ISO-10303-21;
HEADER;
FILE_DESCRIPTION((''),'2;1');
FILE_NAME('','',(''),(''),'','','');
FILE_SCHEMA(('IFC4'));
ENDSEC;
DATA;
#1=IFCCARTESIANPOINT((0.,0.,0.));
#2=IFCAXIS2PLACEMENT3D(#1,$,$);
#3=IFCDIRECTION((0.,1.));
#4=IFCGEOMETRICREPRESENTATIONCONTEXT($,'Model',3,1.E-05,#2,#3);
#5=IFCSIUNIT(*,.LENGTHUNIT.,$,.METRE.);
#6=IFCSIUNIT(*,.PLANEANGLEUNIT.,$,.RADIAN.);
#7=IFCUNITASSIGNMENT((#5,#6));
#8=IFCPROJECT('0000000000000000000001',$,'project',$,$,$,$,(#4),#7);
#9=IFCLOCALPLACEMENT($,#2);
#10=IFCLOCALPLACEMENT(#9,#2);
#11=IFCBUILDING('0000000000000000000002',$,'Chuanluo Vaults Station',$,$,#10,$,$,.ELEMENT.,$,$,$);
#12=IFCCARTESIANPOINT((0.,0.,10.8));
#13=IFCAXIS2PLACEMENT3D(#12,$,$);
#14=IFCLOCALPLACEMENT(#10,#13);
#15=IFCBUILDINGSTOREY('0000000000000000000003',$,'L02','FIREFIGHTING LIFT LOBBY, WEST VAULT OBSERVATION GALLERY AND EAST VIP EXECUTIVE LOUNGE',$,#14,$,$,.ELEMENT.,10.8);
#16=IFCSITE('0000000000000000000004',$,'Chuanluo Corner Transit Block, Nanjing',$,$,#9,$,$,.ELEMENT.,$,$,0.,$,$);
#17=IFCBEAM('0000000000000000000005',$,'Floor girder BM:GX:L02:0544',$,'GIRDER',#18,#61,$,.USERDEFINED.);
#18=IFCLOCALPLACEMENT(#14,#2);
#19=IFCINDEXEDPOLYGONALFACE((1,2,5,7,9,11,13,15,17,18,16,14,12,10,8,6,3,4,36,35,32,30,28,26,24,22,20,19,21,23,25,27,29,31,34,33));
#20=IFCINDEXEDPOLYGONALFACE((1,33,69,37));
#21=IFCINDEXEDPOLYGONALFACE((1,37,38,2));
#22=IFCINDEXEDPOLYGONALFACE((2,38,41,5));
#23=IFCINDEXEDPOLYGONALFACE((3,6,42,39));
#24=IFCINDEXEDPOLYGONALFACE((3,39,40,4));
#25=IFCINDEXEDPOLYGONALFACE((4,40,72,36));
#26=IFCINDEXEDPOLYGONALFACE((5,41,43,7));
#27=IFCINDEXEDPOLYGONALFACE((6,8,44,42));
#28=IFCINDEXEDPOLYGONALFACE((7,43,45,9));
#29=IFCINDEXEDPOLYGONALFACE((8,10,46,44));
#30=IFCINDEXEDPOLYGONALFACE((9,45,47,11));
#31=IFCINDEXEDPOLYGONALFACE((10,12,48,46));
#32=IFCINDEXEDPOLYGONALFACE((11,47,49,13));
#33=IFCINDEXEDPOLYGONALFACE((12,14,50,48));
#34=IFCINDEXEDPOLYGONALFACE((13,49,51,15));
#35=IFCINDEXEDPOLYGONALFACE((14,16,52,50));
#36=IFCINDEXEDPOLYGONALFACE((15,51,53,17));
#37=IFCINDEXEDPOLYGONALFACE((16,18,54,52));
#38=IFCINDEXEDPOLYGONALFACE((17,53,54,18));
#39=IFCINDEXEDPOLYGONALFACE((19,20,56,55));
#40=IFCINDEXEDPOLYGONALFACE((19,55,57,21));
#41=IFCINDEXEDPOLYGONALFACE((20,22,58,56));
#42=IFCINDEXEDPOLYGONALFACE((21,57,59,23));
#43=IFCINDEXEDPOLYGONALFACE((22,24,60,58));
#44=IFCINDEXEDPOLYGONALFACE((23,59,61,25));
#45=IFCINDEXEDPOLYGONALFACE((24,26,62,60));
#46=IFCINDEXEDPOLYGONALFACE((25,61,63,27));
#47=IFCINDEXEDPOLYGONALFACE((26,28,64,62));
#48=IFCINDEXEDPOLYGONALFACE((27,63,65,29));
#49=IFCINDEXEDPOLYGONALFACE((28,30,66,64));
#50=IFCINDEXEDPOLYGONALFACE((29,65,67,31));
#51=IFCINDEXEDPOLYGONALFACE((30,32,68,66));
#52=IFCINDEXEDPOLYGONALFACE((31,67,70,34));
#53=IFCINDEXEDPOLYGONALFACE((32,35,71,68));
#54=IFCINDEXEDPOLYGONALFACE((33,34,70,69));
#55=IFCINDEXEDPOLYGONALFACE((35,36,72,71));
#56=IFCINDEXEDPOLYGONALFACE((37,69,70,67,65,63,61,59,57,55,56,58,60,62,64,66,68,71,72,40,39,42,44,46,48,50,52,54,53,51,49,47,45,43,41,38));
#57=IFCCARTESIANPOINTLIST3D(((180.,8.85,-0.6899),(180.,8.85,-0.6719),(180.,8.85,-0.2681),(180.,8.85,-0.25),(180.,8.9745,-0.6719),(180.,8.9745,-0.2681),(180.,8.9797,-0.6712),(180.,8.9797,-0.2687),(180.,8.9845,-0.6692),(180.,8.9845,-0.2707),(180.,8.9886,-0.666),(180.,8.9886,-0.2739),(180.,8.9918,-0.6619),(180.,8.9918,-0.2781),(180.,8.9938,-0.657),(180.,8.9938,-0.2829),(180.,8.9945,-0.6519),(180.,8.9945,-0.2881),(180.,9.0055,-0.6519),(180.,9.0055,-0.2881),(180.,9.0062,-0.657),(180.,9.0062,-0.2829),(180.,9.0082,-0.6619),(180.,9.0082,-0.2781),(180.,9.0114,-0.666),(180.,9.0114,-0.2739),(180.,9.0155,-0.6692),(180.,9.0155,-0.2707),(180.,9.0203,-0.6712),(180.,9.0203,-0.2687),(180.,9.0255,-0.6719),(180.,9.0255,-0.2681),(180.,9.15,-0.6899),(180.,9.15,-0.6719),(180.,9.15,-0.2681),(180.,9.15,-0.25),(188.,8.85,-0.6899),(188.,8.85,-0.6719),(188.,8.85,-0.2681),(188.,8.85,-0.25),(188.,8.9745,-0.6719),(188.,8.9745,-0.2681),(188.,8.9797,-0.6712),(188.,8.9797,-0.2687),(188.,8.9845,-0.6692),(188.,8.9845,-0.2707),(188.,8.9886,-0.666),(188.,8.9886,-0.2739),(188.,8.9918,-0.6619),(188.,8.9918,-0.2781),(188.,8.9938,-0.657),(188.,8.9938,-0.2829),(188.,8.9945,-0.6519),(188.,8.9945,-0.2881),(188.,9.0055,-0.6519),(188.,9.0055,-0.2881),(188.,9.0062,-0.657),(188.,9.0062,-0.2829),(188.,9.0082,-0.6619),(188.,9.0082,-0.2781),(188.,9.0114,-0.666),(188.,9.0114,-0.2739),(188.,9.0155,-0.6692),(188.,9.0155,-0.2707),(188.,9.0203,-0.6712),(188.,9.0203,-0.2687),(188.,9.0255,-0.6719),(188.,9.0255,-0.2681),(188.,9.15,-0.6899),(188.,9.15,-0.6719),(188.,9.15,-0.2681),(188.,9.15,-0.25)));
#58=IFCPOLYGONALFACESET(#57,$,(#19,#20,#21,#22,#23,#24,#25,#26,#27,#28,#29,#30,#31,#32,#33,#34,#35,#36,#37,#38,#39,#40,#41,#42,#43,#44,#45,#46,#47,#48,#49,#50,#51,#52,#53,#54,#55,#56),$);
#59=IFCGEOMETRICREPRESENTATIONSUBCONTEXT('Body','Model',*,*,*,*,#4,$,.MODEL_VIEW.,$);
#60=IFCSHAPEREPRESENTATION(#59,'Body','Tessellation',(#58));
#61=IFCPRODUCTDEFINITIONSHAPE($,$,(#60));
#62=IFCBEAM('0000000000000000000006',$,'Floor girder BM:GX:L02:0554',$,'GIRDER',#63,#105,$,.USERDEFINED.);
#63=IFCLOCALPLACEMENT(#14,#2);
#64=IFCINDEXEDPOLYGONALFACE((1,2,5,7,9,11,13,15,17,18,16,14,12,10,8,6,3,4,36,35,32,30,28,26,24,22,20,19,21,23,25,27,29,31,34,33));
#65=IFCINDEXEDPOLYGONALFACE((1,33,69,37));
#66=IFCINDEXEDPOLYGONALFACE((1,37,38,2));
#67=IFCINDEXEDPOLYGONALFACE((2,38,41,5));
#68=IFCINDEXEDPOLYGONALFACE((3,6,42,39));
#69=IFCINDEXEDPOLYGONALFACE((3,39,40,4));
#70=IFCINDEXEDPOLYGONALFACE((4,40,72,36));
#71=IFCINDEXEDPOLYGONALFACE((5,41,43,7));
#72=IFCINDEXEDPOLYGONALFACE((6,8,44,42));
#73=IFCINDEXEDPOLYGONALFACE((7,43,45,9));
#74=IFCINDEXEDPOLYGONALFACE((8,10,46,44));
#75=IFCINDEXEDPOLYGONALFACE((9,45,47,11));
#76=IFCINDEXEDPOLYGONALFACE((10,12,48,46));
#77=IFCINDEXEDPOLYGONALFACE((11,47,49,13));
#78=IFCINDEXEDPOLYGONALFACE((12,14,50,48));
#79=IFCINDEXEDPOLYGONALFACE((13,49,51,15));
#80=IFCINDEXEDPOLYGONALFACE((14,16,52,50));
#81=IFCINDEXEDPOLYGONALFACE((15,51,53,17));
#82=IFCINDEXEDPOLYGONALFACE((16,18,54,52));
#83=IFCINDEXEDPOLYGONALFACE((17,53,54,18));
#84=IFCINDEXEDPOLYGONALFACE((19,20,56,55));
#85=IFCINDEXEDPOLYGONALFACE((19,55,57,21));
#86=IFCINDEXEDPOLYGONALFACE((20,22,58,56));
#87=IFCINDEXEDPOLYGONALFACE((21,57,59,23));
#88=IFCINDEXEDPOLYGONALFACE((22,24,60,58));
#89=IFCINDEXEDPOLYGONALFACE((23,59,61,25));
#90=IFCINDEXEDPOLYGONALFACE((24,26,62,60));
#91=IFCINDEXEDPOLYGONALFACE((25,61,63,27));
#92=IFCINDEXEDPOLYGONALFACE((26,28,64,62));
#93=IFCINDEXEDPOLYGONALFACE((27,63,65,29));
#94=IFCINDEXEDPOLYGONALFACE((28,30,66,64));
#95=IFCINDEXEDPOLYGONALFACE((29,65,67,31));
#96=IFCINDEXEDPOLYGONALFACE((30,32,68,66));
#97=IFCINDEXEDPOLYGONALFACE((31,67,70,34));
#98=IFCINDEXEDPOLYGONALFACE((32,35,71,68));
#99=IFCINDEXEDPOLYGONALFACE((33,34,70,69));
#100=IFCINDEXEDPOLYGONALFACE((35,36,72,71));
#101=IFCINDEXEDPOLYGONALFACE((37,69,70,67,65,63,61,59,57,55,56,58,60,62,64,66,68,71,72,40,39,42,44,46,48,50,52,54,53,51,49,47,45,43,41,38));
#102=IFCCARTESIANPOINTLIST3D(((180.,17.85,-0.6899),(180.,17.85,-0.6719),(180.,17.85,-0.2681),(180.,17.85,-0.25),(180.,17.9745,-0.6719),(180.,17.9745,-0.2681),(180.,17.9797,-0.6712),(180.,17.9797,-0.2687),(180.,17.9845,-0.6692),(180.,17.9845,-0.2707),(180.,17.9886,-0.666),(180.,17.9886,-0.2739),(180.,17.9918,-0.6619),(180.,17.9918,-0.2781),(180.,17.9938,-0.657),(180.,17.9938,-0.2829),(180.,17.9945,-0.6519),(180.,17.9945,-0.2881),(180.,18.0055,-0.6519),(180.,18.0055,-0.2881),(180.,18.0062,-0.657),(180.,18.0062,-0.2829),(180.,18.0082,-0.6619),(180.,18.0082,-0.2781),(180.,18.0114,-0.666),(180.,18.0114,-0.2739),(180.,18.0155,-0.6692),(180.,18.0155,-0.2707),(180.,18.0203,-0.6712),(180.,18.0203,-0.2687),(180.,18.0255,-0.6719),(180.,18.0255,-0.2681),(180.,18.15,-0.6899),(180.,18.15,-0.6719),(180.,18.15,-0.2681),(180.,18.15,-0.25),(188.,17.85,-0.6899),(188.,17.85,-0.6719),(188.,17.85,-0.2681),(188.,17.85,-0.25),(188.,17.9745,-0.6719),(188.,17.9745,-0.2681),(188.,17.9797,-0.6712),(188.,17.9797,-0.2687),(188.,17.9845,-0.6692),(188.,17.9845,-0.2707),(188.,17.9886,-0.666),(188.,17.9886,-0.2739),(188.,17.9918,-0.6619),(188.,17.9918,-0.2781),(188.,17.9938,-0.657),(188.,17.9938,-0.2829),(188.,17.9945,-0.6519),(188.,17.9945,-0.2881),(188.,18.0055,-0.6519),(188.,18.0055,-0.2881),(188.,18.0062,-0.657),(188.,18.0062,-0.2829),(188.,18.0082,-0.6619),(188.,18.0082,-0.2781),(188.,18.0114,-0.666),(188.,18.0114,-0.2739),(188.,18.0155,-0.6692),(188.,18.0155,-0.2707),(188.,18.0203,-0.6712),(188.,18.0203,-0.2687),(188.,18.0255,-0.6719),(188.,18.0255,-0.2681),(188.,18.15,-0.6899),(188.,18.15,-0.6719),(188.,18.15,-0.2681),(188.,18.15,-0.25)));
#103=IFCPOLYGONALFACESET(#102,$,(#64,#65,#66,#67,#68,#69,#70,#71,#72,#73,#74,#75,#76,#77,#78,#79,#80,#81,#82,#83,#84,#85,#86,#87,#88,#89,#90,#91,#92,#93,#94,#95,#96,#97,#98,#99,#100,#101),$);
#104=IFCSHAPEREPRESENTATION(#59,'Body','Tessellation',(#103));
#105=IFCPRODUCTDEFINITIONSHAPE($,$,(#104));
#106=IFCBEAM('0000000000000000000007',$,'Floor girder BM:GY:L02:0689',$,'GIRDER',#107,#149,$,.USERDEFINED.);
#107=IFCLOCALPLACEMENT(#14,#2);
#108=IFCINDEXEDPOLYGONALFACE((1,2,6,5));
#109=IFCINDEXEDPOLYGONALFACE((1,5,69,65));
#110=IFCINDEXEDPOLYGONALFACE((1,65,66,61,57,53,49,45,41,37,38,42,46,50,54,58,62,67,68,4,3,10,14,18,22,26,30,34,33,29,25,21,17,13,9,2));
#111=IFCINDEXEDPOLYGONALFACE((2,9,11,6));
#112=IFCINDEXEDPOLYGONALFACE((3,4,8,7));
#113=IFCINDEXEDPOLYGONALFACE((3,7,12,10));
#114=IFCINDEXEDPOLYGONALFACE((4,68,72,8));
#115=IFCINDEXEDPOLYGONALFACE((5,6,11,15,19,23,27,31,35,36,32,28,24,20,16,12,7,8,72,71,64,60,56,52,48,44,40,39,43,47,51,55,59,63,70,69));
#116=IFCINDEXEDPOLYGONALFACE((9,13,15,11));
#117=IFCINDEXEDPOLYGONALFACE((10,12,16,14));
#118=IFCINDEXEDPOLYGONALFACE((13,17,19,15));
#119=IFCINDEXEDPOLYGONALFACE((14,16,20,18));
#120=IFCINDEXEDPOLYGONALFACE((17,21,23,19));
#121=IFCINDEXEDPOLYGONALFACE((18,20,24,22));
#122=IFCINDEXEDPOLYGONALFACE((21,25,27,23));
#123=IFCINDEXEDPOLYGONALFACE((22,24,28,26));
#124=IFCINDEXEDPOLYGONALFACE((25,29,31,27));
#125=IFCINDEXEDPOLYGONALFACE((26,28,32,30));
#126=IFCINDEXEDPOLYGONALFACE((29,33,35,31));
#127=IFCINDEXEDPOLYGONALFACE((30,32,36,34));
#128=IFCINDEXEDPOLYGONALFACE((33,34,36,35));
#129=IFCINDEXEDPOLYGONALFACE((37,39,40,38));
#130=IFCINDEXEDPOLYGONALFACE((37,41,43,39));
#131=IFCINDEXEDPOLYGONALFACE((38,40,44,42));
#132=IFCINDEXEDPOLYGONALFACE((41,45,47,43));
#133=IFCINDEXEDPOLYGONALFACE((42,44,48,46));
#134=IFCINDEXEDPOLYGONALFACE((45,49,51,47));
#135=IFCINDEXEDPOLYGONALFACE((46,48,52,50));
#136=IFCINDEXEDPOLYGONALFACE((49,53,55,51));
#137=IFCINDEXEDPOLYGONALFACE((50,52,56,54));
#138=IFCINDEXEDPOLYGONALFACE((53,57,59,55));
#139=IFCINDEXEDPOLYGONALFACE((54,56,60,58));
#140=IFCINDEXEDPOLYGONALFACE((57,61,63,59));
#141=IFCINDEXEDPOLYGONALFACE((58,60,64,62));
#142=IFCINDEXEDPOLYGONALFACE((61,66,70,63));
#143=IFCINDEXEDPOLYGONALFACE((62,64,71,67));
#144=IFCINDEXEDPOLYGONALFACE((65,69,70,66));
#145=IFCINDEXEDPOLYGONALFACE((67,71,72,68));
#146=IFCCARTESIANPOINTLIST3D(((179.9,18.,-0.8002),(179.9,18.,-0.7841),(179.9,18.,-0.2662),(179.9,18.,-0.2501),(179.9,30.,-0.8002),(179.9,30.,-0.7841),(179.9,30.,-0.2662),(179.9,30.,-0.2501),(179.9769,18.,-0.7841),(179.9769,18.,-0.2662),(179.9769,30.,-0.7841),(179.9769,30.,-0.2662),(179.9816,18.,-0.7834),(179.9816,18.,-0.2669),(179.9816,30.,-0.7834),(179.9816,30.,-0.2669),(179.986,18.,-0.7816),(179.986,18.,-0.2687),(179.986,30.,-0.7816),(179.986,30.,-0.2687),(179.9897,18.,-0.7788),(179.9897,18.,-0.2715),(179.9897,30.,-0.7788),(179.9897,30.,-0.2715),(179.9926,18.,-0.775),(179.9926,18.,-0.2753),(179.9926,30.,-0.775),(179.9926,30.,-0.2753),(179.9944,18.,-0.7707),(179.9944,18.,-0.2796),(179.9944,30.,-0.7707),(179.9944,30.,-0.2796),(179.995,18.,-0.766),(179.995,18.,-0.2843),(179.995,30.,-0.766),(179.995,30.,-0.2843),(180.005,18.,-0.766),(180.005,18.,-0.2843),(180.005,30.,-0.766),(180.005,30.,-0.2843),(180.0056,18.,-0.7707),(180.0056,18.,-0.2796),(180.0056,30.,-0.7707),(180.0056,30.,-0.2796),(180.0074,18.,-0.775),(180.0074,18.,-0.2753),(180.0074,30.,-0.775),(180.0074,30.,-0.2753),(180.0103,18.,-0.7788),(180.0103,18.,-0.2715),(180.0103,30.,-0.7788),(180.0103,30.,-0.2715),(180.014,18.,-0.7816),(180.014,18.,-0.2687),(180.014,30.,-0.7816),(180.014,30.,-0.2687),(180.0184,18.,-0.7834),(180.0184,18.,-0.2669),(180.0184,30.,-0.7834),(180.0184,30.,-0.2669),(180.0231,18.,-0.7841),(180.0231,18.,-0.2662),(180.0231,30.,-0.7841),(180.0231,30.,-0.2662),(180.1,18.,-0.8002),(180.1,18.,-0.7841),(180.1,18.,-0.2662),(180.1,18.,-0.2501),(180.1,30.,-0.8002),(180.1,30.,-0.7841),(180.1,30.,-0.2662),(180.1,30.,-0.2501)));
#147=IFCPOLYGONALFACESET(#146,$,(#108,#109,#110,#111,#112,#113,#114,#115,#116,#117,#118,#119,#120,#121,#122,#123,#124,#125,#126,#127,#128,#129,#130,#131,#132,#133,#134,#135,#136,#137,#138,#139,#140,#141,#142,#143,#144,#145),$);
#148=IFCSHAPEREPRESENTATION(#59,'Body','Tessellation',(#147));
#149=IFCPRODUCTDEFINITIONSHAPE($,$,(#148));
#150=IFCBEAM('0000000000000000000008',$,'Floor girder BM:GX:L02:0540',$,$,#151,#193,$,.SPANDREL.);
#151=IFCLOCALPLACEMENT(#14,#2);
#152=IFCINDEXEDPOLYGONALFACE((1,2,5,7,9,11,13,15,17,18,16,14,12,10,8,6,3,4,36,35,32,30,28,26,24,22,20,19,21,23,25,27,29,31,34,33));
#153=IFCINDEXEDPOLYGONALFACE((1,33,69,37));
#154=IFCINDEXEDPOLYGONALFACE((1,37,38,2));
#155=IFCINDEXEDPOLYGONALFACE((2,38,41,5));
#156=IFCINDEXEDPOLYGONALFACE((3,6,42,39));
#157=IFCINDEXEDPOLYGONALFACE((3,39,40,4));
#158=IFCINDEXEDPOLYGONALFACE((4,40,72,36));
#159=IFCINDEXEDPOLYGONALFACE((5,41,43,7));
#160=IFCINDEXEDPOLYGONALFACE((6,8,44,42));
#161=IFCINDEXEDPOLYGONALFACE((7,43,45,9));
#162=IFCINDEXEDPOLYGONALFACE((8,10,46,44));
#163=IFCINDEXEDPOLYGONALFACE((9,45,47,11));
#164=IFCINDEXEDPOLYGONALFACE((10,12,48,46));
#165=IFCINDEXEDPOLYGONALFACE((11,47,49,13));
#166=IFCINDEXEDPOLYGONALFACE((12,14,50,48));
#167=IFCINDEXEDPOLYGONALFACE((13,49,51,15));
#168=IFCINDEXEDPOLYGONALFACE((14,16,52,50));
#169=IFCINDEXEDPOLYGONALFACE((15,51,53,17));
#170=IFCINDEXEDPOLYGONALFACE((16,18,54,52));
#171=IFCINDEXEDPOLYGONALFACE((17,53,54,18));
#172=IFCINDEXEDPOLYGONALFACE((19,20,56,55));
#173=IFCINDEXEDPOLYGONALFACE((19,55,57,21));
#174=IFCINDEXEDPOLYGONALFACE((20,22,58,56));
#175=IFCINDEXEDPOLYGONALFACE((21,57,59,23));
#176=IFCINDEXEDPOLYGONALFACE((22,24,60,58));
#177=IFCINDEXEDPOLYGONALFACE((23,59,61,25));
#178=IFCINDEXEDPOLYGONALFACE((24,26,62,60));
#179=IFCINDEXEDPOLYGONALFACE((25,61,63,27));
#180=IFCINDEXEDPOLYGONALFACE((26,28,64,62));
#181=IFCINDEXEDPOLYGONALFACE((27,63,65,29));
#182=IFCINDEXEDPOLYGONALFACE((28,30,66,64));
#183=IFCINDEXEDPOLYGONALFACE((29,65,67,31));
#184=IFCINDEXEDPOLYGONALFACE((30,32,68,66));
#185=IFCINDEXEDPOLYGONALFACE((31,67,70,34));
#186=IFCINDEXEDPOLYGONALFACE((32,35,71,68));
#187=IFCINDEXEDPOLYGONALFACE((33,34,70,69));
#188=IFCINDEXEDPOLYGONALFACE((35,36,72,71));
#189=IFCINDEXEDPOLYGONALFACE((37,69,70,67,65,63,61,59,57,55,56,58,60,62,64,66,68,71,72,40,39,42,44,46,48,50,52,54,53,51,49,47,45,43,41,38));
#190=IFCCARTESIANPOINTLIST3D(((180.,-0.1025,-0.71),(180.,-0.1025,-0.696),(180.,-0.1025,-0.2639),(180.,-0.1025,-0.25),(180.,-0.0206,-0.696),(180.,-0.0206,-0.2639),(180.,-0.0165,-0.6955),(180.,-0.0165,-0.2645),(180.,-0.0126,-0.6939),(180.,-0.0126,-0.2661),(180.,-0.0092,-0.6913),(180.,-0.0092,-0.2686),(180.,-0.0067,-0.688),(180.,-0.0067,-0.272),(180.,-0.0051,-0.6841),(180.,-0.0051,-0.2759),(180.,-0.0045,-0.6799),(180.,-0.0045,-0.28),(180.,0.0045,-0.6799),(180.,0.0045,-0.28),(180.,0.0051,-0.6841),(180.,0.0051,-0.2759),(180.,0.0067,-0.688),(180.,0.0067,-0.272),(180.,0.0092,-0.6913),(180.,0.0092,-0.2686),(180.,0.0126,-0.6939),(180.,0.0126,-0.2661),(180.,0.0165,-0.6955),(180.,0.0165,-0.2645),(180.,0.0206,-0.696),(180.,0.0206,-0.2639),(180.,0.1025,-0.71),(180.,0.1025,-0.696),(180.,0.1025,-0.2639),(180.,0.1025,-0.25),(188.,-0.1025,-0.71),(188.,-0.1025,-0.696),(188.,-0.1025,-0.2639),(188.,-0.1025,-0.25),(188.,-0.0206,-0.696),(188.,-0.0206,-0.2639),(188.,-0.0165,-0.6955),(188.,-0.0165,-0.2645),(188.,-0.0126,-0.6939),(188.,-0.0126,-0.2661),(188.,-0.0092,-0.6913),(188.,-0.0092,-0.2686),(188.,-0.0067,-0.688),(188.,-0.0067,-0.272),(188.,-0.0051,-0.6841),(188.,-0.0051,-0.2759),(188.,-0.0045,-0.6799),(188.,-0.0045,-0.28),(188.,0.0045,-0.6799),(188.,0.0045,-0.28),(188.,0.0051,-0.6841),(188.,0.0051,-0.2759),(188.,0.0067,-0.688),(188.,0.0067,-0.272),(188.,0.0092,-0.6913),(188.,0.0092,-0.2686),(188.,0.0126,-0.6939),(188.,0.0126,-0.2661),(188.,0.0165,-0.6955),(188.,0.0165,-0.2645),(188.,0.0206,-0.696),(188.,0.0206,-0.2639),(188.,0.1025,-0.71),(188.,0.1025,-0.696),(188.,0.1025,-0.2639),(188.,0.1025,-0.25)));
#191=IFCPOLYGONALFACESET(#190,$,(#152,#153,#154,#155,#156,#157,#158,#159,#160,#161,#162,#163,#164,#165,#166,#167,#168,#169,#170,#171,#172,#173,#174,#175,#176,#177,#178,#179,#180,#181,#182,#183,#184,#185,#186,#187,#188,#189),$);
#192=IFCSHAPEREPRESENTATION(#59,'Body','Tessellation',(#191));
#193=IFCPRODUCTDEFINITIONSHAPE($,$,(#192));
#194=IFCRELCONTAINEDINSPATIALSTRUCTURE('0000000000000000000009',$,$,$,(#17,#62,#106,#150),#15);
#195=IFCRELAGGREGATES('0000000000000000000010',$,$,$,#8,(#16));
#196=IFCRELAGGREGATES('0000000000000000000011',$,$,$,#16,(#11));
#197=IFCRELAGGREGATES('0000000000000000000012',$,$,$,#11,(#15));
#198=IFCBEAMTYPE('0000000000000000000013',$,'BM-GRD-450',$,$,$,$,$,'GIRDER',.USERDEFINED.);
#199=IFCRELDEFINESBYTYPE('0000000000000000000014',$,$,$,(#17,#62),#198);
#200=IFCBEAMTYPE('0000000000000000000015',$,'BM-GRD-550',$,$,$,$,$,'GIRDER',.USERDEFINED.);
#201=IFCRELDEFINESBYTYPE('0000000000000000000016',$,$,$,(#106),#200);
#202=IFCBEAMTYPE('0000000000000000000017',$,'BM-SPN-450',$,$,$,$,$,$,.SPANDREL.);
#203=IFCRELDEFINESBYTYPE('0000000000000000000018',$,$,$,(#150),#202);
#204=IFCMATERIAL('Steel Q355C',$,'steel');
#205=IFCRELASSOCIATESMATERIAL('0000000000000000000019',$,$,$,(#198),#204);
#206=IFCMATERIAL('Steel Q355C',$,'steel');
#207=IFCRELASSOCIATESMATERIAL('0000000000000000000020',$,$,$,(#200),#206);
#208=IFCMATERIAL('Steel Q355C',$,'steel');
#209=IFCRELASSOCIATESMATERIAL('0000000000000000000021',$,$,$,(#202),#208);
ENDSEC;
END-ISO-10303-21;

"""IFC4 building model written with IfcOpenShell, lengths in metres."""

from ifc_helpers import new_model, si_unit, direction, frame, origin, origin_2d, place, context, subcontext, project, spatial, i_section, extrude, material, material_profile, profile_set, type_object, element, save


model = new_model("IFC4")

# Units and contexts
model_context = context("Model", 3, precision=1e-05, world=origin(), true_north=direction((0.0, 1.0)))
body_context = subcontext(model_context, "Body", "Model", "MODEL_VIEW")
ifc_project = project(units=[si_unit("LENGTHUNIT", "METRE"), si_unit("PLANEANGLEUNIT", "RADIAN")], contexts=[model_context])

# Site, building, storey
site_placement = place(None, origin())
site = spatial("IfcSite", under=ifc_project, at=site_placement, Name="Chuanluo Corner Transit Block, Nanjing", CompositionType="ELEMENT", RefElevation=0.0)
building_placement = place(site_placement, origin())
building = spatial("IfcBuilding", under=site, at=building_placement, Name="Chuanluo Vaults Station", CompositionType="ELEMENT")
storey_placement = place(building_placement, frame((0.0, 0.0, 10.8)))
storey = spatial("IfcBuildingStorey", under=building, at=storey_placement, Name="L02", Description="FIREFIGHTING LIFT LOBBY, WEST VAULT OBSERVATION GALLERY AND EAST VIP EXECUTIVE LOUNGE", CompositionType="ELEMENT", Elevation=10.8)

# Beams
ifc_material_1 = material(Name="Steel Q355C", Category="steel")
ifc_material_profile_1 = material_profile(ifc_material_1, i_section(OverallWidth=0.3, OverallDepth=0.4399, WebThickness=0.011, FlangeThickness=0.0181, FilletRadius=0.02, at=origin_2d()))
ifc_profile_set_1 = profile_set([ifc_material_profile_1], Name="Steel Q355C")
beam_type_1 = type_object("IfcBeamType", Name="BM-GRD-450", ElementType="GIRDER", PredefinedType="USERDEFINED", material=ifc_profile_set_1)
for number, where, z_axis, x_axis, name in (
    (1, (180.0, 9.0, -0.47), (1.0, 0.0, 0.0), (0.0, 1.0, 0.0), "Floor girder BM:GX:L02:0544"),
    (2, (180.0, 18.0, -0.47), (1.0, 0.0, 0.0), (0.0, 1.0, 0.0), "Floor girder BM:GX:L02:0554"),
):
    element("IfcBeam", number, at=place(storey_placement, frame(where, z_axis=z_axis, x_axis=x_axis)), inside=storey, type_object=beam_type_1, Name=name, ObjectType="GIRDER", PredefinedType="USERDEFINED", context=body_context, shape_type="SweptSolid", body=[
        extrude(i_section(OverallWidth=0.3, OverallDepth=0.4399, WebThickness=0.011, FlangeThickness=0.0181, FilletRadius=0.02, at=origin_2d()), origin(), (0.0, 0.0, 1.0), 8.0),
    ])
ifc_material_2 = material(Name="Steel Q355C", Category="steel")
ifc_material_profile_2 = material_profile(ifc_material_2, i_section(OverallWidth=0.2, OverallDepth=0.55, WebThickness=0.01, FlangeThickness=0.0161, FilletRadius=0.0181, at=origin_2d()))
ifc_profile_set_2 = profile_set([ifc_material_profile_2], Name="Steel Q355C")
beam_type_2 = type_object("IfcBeamType", Name="BM-GRD-550", ElementType="GIRDER", PredefinedType="USERDEFINED", material=ifc_profile_set_2)
beam_1_placement = place(storey_placement, frame((180.0, 18.0, -0.5251), z_axis=(0.0, 1.0, 0.0), x_axis=(-1.0, 0.0, 0.0)))
element("IfcBeam", 3, at=beam_1_placement, inside=storey, type_object=beam_type_2, Name="Floor girder BM:GY:L02:0689", ObjectType="GIRDER", PredefinedType="USERDEFINED", context=body_context, shape_type="SweptSolid", body=[
    extrude(i_section(OverallWidth=0.2, OverallDepth=0.55, WebThickness=0.01, FlangeThickness=0.0161, FilletRadius=0.0181, at=origin_2d()), origin(), (0.0, 0.0, 1.0), 12.0),
])
ifc_material_3 = material(Name="Steel Q355C", Category="steel")
ifc_material_profile_3 = material_profile(ifc_material_3, i_section(OverallWidth=0.2051, OverallDepth=0.46, WebThickness=0.009, FlangeThickness=0.0139, FilletRadius=0.0161, at=origin_2d()))
ifc_profile_set_3 = profile_set([ifc_material_profile_3], Name="Steel Q355C")
beam_type_3 = type_object("IfcBeamType", Name="BM-SPN-450", PredefinedType="SPANDREL", material=ifc_profile_set_3)
beam_2_placement = place(storey_placement, frame((180.0, 0.0, -0.48), z_axis=(1.0, 0.0, 0.0), x_axis=(0.0, 1.0, 0.0)))
element("IfcBeam", 4, at=beam_2_placement, inside=storey, type_object=beam_type_3, Name="Floor girder BM:GX:L02:0540", PredefinedType="SPANDREL", context=body_context, shape_type="SweptSolid", body=[
    extrude(i_section(OverallWidth=0.2051, OverallDepth=0.46, WebThickness=0.009, FlangeThickness=0.0139, FilletRadius=0.0161, at=origin_2d()), origin(), (0.0, 0.0, 1.0), 8.0),
])

save(model, "model.ifc")
